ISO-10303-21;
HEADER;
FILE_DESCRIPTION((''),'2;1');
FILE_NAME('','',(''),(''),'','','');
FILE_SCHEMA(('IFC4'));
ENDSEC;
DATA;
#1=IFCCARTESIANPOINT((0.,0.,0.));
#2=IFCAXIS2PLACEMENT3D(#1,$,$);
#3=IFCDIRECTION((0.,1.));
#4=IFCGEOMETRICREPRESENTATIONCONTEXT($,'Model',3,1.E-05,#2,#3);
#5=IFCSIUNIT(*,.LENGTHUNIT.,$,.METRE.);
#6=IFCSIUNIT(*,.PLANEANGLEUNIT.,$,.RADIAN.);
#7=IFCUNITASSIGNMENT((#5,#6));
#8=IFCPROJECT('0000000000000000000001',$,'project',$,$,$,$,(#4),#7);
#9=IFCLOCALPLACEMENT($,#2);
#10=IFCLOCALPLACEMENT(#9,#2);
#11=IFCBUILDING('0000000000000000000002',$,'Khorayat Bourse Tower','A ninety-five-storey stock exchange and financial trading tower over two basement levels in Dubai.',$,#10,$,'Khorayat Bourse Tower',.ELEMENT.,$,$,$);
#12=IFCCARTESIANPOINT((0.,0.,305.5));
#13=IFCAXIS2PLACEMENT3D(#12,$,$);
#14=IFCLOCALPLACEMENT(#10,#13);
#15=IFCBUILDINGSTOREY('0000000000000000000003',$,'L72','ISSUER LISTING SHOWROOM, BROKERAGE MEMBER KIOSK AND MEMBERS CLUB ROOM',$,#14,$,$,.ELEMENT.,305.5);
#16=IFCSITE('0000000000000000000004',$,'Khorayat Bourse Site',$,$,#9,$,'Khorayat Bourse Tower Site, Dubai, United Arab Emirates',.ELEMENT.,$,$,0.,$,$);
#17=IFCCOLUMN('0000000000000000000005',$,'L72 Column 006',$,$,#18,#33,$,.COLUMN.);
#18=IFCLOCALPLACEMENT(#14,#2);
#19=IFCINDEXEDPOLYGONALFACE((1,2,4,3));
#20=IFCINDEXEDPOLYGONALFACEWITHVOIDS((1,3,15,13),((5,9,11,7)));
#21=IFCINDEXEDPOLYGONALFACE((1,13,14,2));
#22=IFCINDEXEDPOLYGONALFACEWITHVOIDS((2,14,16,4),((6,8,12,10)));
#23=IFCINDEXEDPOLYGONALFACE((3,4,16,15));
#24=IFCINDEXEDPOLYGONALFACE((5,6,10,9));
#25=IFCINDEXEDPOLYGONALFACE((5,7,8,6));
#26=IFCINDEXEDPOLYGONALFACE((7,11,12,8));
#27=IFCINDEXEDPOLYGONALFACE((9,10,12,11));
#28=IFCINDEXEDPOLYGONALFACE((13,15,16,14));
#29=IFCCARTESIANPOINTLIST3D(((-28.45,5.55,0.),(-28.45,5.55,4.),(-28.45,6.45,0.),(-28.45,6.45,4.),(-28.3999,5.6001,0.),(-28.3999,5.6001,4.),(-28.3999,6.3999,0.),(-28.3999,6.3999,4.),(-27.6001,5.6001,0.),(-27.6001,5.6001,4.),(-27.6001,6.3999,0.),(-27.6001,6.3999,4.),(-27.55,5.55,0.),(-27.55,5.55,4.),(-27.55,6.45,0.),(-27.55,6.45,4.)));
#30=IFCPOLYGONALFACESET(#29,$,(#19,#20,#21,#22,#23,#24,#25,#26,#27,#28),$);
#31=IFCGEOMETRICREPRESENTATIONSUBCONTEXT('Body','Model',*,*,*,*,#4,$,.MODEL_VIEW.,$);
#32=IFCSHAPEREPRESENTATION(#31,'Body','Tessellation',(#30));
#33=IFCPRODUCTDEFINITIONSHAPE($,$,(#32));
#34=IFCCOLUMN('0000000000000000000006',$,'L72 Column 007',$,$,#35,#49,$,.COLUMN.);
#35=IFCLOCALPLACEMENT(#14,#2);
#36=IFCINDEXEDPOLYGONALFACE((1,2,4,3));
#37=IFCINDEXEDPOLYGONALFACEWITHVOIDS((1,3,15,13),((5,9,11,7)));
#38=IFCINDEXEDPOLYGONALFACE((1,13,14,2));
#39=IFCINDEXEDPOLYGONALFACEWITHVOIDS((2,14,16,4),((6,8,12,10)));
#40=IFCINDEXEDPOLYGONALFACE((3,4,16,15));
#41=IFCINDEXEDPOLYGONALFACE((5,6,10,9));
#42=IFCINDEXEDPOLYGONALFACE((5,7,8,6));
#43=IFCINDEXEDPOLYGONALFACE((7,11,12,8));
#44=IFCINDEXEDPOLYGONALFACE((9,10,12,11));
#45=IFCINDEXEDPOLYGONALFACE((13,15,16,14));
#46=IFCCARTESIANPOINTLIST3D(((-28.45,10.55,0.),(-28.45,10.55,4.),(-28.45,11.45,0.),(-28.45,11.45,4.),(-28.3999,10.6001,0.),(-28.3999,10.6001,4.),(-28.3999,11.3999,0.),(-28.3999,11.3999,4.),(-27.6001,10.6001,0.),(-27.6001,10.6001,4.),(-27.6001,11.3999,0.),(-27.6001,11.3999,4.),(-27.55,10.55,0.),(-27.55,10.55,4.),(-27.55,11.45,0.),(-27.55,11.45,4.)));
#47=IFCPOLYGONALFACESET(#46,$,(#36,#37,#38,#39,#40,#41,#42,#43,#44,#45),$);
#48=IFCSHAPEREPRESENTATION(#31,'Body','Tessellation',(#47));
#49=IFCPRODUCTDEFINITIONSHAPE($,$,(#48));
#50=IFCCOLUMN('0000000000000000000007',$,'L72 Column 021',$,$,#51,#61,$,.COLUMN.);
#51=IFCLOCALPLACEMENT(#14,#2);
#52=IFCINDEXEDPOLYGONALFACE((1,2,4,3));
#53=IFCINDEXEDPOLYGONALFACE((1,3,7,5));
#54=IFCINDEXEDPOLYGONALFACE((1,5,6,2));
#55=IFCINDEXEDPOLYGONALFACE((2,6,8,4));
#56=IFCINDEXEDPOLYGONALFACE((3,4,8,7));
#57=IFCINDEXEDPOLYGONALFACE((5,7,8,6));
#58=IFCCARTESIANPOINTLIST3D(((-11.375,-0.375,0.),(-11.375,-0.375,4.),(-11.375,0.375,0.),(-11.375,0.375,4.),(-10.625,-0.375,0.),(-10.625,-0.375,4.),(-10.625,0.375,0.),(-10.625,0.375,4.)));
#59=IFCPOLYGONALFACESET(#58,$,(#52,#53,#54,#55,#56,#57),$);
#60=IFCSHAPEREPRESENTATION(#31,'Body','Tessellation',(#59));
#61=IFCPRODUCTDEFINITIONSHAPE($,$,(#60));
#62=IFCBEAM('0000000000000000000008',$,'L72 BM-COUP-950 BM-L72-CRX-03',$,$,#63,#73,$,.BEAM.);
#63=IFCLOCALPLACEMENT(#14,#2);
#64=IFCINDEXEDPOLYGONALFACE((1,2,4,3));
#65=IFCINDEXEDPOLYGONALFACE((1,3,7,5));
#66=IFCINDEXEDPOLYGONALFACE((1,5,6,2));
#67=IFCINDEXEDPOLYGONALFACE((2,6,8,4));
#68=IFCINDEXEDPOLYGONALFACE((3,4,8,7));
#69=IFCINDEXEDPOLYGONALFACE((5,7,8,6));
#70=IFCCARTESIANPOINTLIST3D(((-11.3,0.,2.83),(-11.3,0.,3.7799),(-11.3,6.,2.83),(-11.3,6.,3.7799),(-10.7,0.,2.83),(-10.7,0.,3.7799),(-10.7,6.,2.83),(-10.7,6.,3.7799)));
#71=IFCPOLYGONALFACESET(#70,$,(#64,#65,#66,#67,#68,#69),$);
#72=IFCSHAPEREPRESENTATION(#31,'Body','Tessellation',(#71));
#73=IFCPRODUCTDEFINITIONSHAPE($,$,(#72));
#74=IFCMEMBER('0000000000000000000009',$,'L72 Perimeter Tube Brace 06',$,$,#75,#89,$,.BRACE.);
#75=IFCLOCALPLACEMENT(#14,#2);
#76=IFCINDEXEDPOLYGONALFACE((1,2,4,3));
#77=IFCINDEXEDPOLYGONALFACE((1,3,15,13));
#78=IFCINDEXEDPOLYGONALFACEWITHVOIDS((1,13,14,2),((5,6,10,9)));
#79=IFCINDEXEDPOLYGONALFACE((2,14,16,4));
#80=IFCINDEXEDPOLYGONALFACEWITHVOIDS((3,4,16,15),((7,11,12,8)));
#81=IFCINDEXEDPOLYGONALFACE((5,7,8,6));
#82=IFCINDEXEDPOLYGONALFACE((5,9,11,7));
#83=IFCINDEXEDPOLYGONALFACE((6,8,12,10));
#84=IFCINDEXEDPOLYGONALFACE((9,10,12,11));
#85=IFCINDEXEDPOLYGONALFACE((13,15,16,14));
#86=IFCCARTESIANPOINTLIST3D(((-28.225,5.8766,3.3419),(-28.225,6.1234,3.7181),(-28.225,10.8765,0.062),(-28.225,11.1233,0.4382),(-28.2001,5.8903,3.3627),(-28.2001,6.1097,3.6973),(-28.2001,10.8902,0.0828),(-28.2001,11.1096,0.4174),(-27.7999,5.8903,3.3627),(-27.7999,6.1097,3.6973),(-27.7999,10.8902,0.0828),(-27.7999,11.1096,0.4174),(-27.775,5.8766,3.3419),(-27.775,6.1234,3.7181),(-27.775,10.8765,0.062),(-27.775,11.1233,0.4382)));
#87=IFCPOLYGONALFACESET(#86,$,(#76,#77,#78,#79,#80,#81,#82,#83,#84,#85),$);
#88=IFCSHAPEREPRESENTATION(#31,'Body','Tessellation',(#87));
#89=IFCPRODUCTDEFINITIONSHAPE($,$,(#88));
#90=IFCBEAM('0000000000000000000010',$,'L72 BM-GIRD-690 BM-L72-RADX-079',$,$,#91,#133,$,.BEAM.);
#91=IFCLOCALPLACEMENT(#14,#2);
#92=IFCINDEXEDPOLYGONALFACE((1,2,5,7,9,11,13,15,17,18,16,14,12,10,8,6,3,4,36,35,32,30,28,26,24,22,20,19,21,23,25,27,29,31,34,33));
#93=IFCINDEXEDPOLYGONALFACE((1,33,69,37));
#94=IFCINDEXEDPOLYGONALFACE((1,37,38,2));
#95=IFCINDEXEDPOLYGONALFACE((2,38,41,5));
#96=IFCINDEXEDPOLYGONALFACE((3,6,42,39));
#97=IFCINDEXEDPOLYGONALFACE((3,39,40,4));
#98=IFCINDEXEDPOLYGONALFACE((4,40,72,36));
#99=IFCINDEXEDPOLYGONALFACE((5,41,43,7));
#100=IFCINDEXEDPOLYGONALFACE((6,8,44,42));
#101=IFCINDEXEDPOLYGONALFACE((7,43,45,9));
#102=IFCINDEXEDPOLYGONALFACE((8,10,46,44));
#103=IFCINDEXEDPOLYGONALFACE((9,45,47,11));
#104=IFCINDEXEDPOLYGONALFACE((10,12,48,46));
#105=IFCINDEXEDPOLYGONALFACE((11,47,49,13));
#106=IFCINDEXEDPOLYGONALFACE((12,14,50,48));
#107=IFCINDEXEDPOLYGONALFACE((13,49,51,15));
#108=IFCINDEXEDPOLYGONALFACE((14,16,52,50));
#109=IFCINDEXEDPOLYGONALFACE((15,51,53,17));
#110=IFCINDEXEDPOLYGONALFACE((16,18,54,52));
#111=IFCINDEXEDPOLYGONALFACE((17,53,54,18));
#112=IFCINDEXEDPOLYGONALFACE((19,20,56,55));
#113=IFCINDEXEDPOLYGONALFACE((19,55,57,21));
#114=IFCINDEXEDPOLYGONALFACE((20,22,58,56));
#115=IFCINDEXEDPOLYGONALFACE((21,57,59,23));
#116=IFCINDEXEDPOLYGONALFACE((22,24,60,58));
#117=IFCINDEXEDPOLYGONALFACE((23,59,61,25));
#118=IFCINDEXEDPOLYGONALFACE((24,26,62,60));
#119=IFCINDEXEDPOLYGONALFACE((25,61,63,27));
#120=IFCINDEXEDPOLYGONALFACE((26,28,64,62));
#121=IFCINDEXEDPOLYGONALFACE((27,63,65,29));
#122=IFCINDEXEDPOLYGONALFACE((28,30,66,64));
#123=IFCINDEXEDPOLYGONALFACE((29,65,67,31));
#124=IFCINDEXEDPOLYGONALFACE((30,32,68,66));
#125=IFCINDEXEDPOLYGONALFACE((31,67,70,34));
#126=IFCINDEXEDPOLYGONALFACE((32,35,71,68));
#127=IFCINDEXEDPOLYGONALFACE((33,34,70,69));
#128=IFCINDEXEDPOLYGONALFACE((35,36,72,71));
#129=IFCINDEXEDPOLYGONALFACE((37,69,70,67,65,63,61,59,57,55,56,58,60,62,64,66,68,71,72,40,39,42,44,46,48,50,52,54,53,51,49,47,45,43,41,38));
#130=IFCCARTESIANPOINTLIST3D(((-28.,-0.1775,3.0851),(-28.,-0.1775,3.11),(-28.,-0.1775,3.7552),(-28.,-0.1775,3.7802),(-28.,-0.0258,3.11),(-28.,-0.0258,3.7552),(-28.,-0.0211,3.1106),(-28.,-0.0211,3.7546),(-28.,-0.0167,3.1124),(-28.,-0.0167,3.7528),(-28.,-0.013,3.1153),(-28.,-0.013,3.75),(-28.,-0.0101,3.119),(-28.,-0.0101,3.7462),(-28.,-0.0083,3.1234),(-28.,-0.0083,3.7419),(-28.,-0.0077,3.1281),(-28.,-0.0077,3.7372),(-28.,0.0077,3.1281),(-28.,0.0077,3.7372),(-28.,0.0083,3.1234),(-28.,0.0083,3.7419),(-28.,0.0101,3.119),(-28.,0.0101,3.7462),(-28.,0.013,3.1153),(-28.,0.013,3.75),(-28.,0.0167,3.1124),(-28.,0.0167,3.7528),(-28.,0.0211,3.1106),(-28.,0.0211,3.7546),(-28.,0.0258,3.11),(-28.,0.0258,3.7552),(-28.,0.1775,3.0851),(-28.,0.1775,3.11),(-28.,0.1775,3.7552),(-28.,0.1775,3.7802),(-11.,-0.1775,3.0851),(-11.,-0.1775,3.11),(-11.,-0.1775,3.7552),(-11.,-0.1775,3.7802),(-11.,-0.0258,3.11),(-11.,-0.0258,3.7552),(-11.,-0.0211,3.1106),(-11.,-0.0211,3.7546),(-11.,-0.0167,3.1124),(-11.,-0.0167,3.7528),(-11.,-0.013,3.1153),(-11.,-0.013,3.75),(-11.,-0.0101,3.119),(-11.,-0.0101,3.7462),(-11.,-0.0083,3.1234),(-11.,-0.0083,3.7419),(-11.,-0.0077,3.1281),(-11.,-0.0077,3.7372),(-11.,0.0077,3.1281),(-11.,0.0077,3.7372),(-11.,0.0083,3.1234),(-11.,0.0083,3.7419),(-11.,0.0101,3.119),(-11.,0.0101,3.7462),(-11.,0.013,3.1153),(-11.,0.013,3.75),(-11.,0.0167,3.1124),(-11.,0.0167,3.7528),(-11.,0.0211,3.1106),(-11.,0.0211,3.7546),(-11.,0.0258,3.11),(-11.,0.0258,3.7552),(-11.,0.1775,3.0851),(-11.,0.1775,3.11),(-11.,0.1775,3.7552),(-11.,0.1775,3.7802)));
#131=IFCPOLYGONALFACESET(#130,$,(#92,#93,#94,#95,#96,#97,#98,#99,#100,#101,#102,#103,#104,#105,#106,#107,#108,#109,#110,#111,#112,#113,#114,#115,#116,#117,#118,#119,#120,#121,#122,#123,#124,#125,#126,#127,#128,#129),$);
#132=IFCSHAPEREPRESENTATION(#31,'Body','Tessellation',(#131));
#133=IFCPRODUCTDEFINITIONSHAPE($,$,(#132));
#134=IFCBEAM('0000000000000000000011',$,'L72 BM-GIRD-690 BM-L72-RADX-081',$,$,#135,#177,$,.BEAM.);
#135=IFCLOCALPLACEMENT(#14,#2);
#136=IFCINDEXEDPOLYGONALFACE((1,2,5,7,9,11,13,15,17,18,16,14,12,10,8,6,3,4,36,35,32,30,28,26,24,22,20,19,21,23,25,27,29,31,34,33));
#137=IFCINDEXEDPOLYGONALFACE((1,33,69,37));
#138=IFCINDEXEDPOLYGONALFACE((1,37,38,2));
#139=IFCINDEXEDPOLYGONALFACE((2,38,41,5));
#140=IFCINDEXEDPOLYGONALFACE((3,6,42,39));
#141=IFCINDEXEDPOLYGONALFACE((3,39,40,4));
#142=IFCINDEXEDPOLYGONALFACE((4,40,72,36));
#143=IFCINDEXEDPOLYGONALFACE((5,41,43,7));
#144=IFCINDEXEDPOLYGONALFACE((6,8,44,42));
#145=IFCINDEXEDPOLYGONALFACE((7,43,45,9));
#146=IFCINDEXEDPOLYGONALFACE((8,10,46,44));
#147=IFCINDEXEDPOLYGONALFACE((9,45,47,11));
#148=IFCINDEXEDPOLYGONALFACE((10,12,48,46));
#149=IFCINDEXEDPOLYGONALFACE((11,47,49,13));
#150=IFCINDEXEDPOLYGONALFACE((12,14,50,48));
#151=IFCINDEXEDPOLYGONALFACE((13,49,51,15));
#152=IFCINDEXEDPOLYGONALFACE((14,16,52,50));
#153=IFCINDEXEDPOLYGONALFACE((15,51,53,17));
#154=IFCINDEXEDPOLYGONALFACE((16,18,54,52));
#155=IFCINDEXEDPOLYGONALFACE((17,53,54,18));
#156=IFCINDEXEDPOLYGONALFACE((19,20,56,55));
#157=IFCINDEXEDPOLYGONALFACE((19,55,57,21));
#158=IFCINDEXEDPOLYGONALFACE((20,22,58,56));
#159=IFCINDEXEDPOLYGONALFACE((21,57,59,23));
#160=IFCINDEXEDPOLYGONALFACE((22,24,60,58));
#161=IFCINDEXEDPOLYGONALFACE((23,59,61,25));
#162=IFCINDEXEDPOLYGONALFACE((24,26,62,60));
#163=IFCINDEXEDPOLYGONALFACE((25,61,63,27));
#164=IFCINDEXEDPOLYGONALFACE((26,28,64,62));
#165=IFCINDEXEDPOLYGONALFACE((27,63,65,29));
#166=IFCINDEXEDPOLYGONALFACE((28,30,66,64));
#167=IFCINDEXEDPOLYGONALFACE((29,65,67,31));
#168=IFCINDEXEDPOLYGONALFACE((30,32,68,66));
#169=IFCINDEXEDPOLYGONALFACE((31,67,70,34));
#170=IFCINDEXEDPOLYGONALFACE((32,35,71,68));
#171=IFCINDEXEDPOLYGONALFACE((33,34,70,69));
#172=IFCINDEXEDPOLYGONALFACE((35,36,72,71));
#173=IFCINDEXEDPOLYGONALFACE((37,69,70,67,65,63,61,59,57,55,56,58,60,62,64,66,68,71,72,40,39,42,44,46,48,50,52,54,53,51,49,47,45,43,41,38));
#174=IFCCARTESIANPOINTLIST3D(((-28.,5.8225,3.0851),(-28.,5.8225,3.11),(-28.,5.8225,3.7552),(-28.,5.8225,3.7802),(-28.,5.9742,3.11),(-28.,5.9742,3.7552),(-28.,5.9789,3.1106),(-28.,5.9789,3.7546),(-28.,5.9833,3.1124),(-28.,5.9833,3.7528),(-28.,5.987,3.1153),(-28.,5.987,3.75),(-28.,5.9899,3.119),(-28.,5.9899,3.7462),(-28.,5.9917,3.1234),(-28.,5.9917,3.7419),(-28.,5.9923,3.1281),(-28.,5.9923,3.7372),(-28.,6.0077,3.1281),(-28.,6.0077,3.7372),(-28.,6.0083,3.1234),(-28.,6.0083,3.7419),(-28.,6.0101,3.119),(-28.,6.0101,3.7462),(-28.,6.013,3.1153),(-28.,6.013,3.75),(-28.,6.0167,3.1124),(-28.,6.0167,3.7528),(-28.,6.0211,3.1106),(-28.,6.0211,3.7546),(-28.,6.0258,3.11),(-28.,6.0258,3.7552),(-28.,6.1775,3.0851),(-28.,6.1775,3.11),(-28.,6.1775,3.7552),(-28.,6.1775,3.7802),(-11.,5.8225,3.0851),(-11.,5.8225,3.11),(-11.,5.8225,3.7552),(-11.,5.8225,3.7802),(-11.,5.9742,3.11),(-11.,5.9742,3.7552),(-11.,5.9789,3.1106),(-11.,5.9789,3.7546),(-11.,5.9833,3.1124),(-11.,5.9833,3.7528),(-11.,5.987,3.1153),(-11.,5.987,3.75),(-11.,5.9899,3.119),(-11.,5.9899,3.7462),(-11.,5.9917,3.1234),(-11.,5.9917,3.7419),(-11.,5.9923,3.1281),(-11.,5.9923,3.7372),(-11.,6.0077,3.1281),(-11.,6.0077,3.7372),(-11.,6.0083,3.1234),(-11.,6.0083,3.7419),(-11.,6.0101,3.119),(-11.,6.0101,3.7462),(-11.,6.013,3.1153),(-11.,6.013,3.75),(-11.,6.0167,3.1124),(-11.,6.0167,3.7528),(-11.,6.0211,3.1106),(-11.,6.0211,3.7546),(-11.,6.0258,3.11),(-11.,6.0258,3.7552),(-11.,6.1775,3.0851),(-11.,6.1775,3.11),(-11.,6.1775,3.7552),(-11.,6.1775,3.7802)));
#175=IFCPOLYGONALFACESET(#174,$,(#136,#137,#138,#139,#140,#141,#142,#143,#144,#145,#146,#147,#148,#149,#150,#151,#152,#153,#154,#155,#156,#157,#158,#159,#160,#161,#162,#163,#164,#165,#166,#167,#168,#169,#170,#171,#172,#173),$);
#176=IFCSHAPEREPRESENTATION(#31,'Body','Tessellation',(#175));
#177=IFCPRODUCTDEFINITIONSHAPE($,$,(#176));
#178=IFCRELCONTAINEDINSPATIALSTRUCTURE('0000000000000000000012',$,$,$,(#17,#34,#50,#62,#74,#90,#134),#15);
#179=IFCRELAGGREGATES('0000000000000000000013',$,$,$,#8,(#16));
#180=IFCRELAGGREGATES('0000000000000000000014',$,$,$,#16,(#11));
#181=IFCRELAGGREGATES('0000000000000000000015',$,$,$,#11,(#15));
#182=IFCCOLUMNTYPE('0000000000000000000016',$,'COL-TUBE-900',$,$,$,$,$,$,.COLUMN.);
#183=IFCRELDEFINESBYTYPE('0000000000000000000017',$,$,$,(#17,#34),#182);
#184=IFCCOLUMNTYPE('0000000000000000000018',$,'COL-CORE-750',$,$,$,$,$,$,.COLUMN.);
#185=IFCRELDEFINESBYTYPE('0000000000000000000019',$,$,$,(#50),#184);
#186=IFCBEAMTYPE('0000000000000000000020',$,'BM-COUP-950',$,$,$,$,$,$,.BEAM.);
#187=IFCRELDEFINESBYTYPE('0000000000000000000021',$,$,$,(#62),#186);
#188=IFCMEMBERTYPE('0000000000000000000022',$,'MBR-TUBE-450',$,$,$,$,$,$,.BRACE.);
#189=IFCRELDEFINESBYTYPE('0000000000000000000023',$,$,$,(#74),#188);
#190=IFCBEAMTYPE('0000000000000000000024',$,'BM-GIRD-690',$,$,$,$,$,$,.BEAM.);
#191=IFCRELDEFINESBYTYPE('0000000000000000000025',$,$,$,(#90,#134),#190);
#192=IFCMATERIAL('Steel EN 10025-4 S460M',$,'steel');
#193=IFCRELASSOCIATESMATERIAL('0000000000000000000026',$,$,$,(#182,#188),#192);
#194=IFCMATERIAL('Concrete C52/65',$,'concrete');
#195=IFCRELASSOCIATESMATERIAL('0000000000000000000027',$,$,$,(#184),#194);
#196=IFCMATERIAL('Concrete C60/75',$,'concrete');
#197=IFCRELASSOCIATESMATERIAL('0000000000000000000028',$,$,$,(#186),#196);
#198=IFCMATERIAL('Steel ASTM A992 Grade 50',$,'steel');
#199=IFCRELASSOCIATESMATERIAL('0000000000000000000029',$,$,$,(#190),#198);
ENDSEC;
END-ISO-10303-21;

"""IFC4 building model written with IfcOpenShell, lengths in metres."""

from ifc_helpers import new_model, si_unit, direction, frame, origin, origin_2d, place, context, subcontext, project, spatial, rectangle, hollow_rectangle, i_section, extrude, source, transform, mapped, material, material_profile, profile_set, type_object, element, save


model = new_model("IFC4")

# Units and contexts
model_context = context("Model", 3, precision=1e-05, world=origin(), true_north=direction((0.0, 1.0)))
body_context = subcontext(model_context, "Body", "Model", "MODEL_VIEW")
ifc_project = project(units=[si_unit("LENGTHUNIT", "METRE"), si_unit("PLANEANGLEUNIT", "RADIAN")], contexts=[model_context])

# Site, building, storey
site_placement = place(None, origin())
site = spatial("IfcSite", under=ifc_project, at=site_placement, Name="Khorayat Bourse Site", LongName="Khorayat Bourse Tower Site, Dubai, United Arab Emirates", CompositionType="ELEMENT", RefElevation=0.0)
building_placement = place(site_placement, origin())
building = spatial("IfcBuilding", under=site, at=building_placement, Name="Khorayat Bourse Tower", Description="A ninety-five-storey stock exchange and financial trading tower over two basement levels in Dubai.", LongName="Khorayat Bourse Tower", CompositionType="ELEMENT")
storey_placement = place(building_placement, frame((0.0, 0.0, 305.5)))
storey = spatial("IfcBuildingStorey", under=building, at=storey_placement, Name="L72", Description="ISSUER LISTING SHOWROOM, BROKERAGE MEMBER KIOSK AND MEMBERS CLUB ROOM", CompositionType="ELEMENT", Elevation=305.5)

# Columns
ifc_material_1 = material(Name="Steel EN 10025-4 S460M", Category="steel")
ifc_material_profile_1 = material_profile(ifc_material_1, hollow_rectangle(XDim=0.8999, YDim=0.8999, WallThickness=0.05, at=origin_2d()), Name="BOX 900x900x50")
ifc_profile_set_1 = profile_set([ifc_material_profile_1], Name="Steel EN 10025-4 S460M")
column_type_1 = type_object("IfcColumnType", Name="COL-TUBE-900", PredefinedType="COLUMN", material=ifc_profile_set_1)
shared_shape_1 = source(origin(), body_context, "Body", "SweptSolid", [
    extrude(hollow_rectangle(XDim=0.8999, YDim=0.8999, WallThickness=0.05, at=origin_2d()), origin(), (0.0, 0.0, 1.0), 4.0),
])
for number, where, z_axis, x_axis, name in (
    (1, (-28.0, 6.0, 0.0), (0.0, 0.0, 1.0), (1.0, 0.0, 0.0), "L72 Column 006"),
    (2, (-28.0, 11.0, 0.0), (0.0, 0.0, 1.0), (1.0, 0.0, 0.0), "L72 Column 007"),
):
    element("IfcColumn", number, at=place(storey_placement, frame(where, z_axis=z_axis, x_axis=x_axis)), inside=storey, type_object=column_type_1, Name=name, PredefinedType="COLUMN", context=body_context, shape_type="MappedRepresentation", body=[
        mapped(shared_shape_1, transform((0.0, 0.0, 0.0), scale=1.0)),
    ])
ifc_material_2 = material(Name="Concrete C52/65", Category="concrete")
ifc_material_profile_2 = material_profile(ifc_material_2, rectangle(XDim=0.75, YDim=0.75, at=origin_2d()), Name="RC 750x750")
ifc_profile_set_2 = profile_set([ifc_material_profile_2], Name="Concrete C52/65")
column_type_2 = type_object("IfcColumnType", Name="COL-CORE-750", PredefinedType="COLUMN", material=ifc_profile_set_2)
shared_shape_2 = source(origin(), body_context, "Body", "SweptSolid", [
    extrude(rectangle(XDim=0.75, YDim=0.75, at=origin_2d()), origin(), (0.0, 0.0, 1.0), 4.0),
])
column_placement = place(storey_placement, frame((-11.0, 0.0, 0.0), z_axis=(0.0, 0.0, 1.0), x_axis=(1.0, 0.0, 0.0)))
element("IfcColumn", 3, at=column_placement, inside=storey, type_object=column_type_2, Name="L72 Column 021", PredefinedType="COLUMN", context=body_context, shape_type="MappedRepresentation", body=[
    mapped(shared_shape_2, transform((0.0, 0.0, 0.0), scale=1.0)),
])

# Beam
ifc_material_3 = material(Name="Concrete C60/75", Category="concrete")
ifc_material_profile_3 = material_profile(ifc_material_3, rectangle(XDim=0.6001, YDim=0.95, at=origin_2d()), Name="RC 600x950")
ifc_profile_set_3 = profile_set([ifc_material_profile_3], Name="Concrete C60/75")
beam_type_1 = type_object("IfcBeamType", Name="BM-COUP-950", PredefinedType="BEAM", material=ifc_profile_set_3)
shared_shape_3 = source(origin(), body_context, "Body", "SweptSolid", [
    extrude(rectangle(XDim=0.6001, YDim=0.95, at=origin_2d()), origin(), (0.0, 0.0, 1.0), 6.0),
])
beam_1_placement = place(storey_placement, frame((-11.0, 0.0, 3.3049), z_axis=(0.0, 1.0, 0.0), x_axis=(-1.0, 0.0, 0.0)))
element("IfcBeam", 4, at=beam_1_placement, inside=storey, type_object=beam_type_1, Name="L72 BM-COUP-950 BM-L72-CRX-03", PredefinedType="BEAM", context=body_context, shape_type="MappedRepresentation", body=[
    mapped(shared_shape_3, transform((0.0, 0.0, 0.0), scale=1.0)),
])

# Member
ifc_material_profile_4 = material_profile(ifc_material_1, hollow_rectangle(XDim=0.45, YDim=0.45, WallThickness=0.0249, at=origin_2d()), Name="HSS 450x450x25")
ifc_profile_set_4 = profile_set([ifc_material_profile_4], Name="Steel EN 10025-4 S460M")
member_type_1 = type_object("IfcMemberType", Name="MBR-TUBE-450", PredefinedType="BRACE", material=ifc_profile_set_4)
shared_shape_4 = source(origin(), body_context, "Body", "SweptSolid", [
    extrude(hollow_rectangle(XDim=0.45, YDim=0.45, WallThickness=0.0249, at=origin_2d()), origin(), (0.0, 0.0, 1.0), 5.9797),
])
member_1_placement = place(storey_placement, frame((-28.0, 6.0, 3.53), z_axis=(0.0, 0.836142, -0.548514), x_axis=(-1.0, 0.0, 0.0)))
element("IfcMember", 5, at=member_1_placement, inside=storey, type_object=member_type_1, Name="L72 Perimeter Tube Brace 06", PredefinedType="BRACE", context=body_context, shape_type="MappedRepresentation", body=[
    mapped(shared_shape_4, transform((0.0, 0.0, 0.0), scale=1.0)),
])

# Beams
ifc_material_4 = material(Name="Steel ASTM A992 Grade 50", Category="steel")
ifc_material_profile_5 = material_profile(ifc_material_4, i_section(OverallWidth=0.355, OverallDepth=0.6951, WebThickness=0.0154, FlangeThickness=0.0249, FilletRadius=0.0181, at=origin_2d()), Name="W690X217")
ifc_profile_set_5 = profile_set([ifc_material_profile_5], Name="Steel ASTM A992 Grade 50")
beam_type_2 = type_object("IfcBeamType", Name="BM-GIRD-690", PredefinedType="BEAM", material=ifc_profile_set_5)
shared_shape_5 = source(origin(), body_context, "Body", "SweptSolid", [
    extrude(i_section(OverallWidth=0.355, OverallDepth=0.6951, WebThickness=0.0154, FlangeThickness=0.0249, FilletRadius=0.0181, at=origin_2d()), origin(), (0.0, 0.0, 1.0), 17.0),
])
for number, where, z_axis, x_axis, name in (
    (6, (-28.0, 0.0, 3.4326), (1.0, 0.0, 0.0), (0.0, 1.0, 0.0), "L72 BM-GIRD-690 BM-L72-RADX-079"),
    (7, (-28.0, 6.0, 3.4326), (1.0, 0.0, 0.0), (0.0, 1.0, 0.0), "L72 BM-GIRD-690 BM-L72-RADX-081"),
):
    element("IfcBeam", number, at=place(storey_placement, frame(where, z_axis=z_axis, x_axis=x_axis)), inside=storey, type_object=beam_type_2, Name=name, PredefinedType="BEAM", context=body_context, shape_type="MappedRepresentation", body=[
        mapped(shared_shape_5, transform((0.0, 0.0, 0.0), scale=1.0)),
    ])

save(model, "model.ifc")
